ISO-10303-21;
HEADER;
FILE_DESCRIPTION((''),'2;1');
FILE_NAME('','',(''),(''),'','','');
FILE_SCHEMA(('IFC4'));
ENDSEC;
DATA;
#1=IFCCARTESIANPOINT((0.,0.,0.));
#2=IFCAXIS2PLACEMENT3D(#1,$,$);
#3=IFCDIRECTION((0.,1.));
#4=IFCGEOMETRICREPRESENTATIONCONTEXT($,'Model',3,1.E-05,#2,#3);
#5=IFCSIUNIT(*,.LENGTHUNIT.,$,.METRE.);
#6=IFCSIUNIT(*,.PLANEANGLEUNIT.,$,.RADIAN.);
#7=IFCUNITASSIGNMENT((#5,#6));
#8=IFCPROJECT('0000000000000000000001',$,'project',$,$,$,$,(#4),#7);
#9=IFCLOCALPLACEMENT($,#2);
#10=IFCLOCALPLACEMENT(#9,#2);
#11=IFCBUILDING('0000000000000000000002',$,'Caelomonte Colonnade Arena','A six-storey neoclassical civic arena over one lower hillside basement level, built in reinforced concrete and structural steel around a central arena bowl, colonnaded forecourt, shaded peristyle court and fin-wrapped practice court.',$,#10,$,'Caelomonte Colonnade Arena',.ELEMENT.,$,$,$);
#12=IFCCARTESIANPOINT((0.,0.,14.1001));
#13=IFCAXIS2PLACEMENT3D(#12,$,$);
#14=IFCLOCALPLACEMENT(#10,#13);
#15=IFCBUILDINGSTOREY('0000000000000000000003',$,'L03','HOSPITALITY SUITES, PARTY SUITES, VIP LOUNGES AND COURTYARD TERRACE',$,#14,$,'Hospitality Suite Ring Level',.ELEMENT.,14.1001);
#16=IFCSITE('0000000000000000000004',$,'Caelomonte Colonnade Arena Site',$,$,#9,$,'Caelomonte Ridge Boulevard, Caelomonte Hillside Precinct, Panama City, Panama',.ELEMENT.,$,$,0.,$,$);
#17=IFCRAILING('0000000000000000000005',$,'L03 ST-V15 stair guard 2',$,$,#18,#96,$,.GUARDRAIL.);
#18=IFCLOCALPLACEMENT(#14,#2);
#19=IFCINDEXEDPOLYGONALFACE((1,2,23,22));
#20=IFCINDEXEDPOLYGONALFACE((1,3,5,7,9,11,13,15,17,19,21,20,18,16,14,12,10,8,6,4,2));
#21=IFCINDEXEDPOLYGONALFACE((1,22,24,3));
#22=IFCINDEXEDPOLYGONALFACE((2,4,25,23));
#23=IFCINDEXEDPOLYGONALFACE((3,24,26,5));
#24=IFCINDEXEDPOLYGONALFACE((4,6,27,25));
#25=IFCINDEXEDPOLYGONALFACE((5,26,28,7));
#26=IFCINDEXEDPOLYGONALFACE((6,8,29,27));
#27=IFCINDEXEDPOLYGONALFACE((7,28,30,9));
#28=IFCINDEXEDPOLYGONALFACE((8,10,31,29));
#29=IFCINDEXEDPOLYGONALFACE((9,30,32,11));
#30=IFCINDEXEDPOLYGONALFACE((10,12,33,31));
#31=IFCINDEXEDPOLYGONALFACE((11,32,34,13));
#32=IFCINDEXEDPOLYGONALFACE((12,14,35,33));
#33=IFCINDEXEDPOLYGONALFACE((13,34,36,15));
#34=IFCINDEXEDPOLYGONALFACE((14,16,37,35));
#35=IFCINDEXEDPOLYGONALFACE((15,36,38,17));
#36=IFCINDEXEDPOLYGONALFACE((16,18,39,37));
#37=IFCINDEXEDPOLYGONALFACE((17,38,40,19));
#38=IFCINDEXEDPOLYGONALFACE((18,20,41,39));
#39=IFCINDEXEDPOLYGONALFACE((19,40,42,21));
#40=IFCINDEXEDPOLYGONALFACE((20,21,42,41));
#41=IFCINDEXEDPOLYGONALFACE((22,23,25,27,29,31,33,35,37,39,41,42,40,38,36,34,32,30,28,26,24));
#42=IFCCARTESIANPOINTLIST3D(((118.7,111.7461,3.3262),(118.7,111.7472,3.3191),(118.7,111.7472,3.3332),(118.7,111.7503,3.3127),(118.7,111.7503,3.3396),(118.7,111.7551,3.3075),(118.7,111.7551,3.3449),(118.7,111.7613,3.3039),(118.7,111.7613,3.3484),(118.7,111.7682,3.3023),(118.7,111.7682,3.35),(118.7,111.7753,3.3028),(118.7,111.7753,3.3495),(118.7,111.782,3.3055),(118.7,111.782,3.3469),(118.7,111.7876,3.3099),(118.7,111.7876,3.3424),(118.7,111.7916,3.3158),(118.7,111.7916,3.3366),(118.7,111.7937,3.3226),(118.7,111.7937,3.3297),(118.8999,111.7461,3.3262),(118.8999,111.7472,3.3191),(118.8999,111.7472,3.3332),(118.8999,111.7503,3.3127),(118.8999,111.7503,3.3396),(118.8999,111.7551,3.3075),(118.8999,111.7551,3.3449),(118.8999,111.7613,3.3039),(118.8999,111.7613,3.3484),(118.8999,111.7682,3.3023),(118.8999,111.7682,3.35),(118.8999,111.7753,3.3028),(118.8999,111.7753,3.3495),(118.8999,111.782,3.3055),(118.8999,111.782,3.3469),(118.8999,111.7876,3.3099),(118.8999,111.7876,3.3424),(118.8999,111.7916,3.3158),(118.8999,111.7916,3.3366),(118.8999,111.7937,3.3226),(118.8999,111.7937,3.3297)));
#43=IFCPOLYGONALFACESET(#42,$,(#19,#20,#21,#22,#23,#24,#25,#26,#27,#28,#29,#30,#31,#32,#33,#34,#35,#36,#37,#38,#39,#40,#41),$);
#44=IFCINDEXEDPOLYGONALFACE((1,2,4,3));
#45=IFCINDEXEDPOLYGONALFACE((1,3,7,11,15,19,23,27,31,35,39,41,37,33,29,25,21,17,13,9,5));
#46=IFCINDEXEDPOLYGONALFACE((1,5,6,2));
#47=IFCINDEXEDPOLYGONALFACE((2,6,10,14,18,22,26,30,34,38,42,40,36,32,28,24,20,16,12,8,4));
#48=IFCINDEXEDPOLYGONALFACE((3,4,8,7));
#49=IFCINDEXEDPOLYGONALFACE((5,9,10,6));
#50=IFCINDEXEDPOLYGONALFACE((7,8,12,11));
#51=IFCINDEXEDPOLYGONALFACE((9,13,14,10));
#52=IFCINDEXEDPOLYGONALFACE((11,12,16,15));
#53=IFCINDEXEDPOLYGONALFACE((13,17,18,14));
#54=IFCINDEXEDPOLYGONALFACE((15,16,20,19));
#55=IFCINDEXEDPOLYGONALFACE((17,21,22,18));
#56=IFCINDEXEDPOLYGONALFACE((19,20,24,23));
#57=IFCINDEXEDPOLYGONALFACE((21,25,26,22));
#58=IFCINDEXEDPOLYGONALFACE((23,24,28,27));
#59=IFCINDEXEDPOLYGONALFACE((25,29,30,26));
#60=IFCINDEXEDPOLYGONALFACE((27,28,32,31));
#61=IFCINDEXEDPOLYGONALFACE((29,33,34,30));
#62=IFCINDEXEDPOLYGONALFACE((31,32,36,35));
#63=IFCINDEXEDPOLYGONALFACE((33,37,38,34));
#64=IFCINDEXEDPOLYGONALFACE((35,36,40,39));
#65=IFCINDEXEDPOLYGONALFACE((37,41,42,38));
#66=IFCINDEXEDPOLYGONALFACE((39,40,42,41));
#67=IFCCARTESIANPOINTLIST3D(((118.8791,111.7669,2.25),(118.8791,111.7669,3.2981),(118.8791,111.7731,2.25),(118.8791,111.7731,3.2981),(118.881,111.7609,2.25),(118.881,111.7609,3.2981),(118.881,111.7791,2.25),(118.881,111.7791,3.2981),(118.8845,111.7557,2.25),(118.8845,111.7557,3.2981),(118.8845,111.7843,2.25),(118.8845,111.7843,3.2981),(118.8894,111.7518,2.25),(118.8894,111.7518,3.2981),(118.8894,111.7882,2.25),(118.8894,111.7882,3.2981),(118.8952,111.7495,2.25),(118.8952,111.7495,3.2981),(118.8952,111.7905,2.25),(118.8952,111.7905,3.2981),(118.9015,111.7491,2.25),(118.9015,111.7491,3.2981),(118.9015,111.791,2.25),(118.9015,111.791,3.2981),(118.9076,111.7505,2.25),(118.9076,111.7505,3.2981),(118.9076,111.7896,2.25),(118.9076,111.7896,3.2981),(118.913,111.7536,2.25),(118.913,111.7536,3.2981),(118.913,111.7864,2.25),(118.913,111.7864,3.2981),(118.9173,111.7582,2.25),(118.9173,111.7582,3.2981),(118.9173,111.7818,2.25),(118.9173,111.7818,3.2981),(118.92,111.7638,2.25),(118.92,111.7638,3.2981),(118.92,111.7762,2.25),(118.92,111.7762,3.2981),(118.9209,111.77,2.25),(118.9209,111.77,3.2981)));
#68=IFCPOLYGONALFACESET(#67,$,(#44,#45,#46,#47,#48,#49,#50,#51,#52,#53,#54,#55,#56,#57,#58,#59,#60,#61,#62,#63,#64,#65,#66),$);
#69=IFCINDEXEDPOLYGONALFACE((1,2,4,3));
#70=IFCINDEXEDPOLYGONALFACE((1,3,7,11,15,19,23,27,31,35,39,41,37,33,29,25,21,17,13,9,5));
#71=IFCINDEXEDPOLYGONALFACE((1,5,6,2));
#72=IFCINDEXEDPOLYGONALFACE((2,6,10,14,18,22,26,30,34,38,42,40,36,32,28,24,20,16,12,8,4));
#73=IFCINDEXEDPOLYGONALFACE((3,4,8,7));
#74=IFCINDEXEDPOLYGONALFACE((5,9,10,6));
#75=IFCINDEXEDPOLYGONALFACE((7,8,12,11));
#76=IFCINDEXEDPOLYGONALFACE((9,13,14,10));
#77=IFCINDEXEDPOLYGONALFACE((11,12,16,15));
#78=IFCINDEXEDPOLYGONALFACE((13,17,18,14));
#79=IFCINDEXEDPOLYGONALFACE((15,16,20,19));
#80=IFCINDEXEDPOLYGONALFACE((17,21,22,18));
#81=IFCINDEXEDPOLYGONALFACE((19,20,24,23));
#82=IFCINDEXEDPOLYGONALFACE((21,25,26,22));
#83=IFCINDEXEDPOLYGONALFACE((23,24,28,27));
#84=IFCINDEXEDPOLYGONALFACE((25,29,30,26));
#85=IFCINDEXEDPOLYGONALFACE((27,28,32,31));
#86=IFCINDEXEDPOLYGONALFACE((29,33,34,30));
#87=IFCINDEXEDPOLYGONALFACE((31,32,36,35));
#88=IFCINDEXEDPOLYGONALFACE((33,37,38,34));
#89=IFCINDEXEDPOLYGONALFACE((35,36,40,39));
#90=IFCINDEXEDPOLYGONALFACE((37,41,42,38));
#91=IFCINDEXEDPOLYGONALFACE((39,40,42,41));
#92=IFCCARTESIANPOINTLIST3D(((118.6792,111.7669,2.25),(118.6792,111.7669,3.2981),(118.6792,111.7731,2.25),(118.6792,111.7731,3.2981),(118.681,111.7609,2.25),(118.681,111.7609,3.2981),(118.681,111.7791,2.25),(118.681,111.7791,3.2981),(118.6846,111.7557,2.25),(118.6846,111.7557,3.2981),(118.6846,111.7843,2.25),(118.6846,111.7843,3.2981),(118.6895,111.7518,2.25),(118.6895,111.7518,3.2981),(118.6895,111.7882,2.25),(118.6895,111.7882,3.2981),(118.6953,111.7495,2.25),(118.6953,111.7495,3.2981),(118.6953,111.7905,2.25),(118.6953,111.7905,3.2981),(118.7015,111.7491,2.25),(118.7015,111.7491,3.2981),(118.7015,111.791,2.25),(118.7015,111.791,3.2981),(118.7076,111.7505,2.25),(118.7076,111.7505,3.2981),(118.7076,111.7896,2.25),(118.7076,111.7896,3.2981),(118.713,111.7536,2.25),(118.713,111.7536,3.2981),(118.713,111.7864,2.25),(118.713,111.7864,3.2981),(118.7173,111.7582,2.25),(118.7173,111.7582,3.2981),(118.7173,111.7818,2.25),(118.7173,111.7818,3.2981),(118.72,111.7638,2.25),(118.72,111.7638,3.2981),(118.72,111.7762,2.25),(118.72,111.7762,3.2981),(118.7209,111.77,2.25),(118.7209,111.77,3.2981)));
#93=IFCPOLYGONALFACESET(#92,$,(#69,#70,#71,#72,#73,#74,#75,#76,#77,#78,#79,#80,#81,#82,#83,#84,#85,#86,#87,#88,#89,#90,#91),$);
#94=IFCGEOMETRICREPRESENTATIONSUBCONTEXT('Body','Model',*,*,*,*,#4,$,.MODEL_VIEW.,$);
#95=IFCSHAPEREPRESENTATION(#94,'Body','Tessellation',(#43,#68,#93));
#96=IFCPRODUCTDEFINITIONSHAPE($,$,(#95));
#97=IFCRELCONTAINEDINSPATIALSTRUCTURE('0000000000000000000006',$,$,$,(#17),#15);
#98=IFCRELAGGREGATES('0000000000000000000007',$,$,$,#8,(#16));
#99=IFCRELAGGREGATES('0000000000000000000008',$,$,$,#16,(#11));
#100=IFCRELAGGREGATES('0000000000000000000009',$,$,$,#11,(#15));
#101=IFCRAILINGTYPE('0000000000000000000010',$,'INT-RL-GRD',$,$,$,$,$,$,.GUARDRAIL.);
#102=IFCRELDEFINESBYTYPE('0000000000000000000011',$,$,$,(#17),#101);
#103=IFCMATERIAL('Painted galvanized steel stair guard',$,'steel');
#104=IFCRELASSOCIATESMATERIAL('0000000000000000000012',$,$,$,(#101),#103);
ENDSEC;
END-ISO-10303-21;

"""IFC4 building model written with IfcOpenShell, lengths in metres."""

from ifc_helpers import new_model, si_unit, direction, frame, origin, origin_2d, place, context, subcontext, project, spatial, circle, extrude, material, type_object, element, save


model = new_model("IFC4")

# Units and contexts
model_context = context("Model", 3, precision=1e-05, world=origin(), true_north=direction((0.0, 1.0)))
body_context = subcontext(model_context, "Body", "Model", "MODEL_VIEW")
ifc_project = project(units=[si_unit("LENGTHUNIT", "METRE"), si_unit("PLANEANGLEUNIT", "RADIAN")], contexts=[model_context])

# Site, building, storey
site_placement = place(None, origin())
site = spatial("IfcSite", under=ifc_project, at=site_placement, Name="Caelomonte Colonnade Arena Site", LongName="Caelomonte Ridge Boulevard, Caelomonte Hillside Precinct, Panama City, Panama", CompositionType="ELEMENT", RefElevation=0.0)
building_placement = place(site_placement, origin())
building = spatial("IfcBuilding", under=site, at=building_placement, Name="Caelomonte Colonnade Arena", Description="A six-storey neoclassical civic arena over one lower hillside basement level, built in reinforced concrete and structural steel around a central arena bowl, colonnaded forecourt, shaded peristyle court and fin-wrapped practice court.", LongName="Caelomonte Colonnade Arena", CompositionType="ELEMENT")
storey_placement = place(building_placement, frame((0.0, 0.0, 14.1001)))
storey = spatial("IfcBuildingStorey", under=building, at=storey_placement, Name="L03", Description="HOSPITALITY SUITES, PARTY SUITES, VIP LOUNGES AND COURTYARD TERRACE", LongName="Hospitality Suite Ring Level", CompositionType="ELEMENT", Elevation=14.1001)

# Railing
ifc_material_1 = material(Name="Painted galvanized steel stair guard", Category="steel")
railing_type = type_object("IfcRailingType", Name="INT-RL-GRD", PredefinedType="GUARDRAIL", material=ifc_material_1)
for number, where, name in (
    (1, (118.8999, 111.77, 2.25), "L03 ST-V15 stair guard 2"),
):
    element("IfcRailing", number, at=place(storey_placement, frame(where)), inside=storey, type_object=railing_type, Name=name, PredefinedType="GUARDRAIL", context=body_context, shape_type="SweptSolid", body=[
        extrude(circle(Radius=0.0239, at=origin_2d()), frame((0.0, 0.0, 1.0762), z_axis=(-1.0, 0.0, 0.0), x_axis=(0.0, -1.0, 0.0)), (0.0, 0.0, 1.0), 0.2),
        extrude(circle(Radius=0.021, at=origin_2d()), origin(), (0.0, 0.0, 1.0), 1.0481),
        extrude(circle(Radius=0.021, at=origin_2d()), frame((-0.2, 0.0, 0.0)), (0.0, 0.0, 1.0), 1.0481),
    ])

save(model, "model.ifc")
